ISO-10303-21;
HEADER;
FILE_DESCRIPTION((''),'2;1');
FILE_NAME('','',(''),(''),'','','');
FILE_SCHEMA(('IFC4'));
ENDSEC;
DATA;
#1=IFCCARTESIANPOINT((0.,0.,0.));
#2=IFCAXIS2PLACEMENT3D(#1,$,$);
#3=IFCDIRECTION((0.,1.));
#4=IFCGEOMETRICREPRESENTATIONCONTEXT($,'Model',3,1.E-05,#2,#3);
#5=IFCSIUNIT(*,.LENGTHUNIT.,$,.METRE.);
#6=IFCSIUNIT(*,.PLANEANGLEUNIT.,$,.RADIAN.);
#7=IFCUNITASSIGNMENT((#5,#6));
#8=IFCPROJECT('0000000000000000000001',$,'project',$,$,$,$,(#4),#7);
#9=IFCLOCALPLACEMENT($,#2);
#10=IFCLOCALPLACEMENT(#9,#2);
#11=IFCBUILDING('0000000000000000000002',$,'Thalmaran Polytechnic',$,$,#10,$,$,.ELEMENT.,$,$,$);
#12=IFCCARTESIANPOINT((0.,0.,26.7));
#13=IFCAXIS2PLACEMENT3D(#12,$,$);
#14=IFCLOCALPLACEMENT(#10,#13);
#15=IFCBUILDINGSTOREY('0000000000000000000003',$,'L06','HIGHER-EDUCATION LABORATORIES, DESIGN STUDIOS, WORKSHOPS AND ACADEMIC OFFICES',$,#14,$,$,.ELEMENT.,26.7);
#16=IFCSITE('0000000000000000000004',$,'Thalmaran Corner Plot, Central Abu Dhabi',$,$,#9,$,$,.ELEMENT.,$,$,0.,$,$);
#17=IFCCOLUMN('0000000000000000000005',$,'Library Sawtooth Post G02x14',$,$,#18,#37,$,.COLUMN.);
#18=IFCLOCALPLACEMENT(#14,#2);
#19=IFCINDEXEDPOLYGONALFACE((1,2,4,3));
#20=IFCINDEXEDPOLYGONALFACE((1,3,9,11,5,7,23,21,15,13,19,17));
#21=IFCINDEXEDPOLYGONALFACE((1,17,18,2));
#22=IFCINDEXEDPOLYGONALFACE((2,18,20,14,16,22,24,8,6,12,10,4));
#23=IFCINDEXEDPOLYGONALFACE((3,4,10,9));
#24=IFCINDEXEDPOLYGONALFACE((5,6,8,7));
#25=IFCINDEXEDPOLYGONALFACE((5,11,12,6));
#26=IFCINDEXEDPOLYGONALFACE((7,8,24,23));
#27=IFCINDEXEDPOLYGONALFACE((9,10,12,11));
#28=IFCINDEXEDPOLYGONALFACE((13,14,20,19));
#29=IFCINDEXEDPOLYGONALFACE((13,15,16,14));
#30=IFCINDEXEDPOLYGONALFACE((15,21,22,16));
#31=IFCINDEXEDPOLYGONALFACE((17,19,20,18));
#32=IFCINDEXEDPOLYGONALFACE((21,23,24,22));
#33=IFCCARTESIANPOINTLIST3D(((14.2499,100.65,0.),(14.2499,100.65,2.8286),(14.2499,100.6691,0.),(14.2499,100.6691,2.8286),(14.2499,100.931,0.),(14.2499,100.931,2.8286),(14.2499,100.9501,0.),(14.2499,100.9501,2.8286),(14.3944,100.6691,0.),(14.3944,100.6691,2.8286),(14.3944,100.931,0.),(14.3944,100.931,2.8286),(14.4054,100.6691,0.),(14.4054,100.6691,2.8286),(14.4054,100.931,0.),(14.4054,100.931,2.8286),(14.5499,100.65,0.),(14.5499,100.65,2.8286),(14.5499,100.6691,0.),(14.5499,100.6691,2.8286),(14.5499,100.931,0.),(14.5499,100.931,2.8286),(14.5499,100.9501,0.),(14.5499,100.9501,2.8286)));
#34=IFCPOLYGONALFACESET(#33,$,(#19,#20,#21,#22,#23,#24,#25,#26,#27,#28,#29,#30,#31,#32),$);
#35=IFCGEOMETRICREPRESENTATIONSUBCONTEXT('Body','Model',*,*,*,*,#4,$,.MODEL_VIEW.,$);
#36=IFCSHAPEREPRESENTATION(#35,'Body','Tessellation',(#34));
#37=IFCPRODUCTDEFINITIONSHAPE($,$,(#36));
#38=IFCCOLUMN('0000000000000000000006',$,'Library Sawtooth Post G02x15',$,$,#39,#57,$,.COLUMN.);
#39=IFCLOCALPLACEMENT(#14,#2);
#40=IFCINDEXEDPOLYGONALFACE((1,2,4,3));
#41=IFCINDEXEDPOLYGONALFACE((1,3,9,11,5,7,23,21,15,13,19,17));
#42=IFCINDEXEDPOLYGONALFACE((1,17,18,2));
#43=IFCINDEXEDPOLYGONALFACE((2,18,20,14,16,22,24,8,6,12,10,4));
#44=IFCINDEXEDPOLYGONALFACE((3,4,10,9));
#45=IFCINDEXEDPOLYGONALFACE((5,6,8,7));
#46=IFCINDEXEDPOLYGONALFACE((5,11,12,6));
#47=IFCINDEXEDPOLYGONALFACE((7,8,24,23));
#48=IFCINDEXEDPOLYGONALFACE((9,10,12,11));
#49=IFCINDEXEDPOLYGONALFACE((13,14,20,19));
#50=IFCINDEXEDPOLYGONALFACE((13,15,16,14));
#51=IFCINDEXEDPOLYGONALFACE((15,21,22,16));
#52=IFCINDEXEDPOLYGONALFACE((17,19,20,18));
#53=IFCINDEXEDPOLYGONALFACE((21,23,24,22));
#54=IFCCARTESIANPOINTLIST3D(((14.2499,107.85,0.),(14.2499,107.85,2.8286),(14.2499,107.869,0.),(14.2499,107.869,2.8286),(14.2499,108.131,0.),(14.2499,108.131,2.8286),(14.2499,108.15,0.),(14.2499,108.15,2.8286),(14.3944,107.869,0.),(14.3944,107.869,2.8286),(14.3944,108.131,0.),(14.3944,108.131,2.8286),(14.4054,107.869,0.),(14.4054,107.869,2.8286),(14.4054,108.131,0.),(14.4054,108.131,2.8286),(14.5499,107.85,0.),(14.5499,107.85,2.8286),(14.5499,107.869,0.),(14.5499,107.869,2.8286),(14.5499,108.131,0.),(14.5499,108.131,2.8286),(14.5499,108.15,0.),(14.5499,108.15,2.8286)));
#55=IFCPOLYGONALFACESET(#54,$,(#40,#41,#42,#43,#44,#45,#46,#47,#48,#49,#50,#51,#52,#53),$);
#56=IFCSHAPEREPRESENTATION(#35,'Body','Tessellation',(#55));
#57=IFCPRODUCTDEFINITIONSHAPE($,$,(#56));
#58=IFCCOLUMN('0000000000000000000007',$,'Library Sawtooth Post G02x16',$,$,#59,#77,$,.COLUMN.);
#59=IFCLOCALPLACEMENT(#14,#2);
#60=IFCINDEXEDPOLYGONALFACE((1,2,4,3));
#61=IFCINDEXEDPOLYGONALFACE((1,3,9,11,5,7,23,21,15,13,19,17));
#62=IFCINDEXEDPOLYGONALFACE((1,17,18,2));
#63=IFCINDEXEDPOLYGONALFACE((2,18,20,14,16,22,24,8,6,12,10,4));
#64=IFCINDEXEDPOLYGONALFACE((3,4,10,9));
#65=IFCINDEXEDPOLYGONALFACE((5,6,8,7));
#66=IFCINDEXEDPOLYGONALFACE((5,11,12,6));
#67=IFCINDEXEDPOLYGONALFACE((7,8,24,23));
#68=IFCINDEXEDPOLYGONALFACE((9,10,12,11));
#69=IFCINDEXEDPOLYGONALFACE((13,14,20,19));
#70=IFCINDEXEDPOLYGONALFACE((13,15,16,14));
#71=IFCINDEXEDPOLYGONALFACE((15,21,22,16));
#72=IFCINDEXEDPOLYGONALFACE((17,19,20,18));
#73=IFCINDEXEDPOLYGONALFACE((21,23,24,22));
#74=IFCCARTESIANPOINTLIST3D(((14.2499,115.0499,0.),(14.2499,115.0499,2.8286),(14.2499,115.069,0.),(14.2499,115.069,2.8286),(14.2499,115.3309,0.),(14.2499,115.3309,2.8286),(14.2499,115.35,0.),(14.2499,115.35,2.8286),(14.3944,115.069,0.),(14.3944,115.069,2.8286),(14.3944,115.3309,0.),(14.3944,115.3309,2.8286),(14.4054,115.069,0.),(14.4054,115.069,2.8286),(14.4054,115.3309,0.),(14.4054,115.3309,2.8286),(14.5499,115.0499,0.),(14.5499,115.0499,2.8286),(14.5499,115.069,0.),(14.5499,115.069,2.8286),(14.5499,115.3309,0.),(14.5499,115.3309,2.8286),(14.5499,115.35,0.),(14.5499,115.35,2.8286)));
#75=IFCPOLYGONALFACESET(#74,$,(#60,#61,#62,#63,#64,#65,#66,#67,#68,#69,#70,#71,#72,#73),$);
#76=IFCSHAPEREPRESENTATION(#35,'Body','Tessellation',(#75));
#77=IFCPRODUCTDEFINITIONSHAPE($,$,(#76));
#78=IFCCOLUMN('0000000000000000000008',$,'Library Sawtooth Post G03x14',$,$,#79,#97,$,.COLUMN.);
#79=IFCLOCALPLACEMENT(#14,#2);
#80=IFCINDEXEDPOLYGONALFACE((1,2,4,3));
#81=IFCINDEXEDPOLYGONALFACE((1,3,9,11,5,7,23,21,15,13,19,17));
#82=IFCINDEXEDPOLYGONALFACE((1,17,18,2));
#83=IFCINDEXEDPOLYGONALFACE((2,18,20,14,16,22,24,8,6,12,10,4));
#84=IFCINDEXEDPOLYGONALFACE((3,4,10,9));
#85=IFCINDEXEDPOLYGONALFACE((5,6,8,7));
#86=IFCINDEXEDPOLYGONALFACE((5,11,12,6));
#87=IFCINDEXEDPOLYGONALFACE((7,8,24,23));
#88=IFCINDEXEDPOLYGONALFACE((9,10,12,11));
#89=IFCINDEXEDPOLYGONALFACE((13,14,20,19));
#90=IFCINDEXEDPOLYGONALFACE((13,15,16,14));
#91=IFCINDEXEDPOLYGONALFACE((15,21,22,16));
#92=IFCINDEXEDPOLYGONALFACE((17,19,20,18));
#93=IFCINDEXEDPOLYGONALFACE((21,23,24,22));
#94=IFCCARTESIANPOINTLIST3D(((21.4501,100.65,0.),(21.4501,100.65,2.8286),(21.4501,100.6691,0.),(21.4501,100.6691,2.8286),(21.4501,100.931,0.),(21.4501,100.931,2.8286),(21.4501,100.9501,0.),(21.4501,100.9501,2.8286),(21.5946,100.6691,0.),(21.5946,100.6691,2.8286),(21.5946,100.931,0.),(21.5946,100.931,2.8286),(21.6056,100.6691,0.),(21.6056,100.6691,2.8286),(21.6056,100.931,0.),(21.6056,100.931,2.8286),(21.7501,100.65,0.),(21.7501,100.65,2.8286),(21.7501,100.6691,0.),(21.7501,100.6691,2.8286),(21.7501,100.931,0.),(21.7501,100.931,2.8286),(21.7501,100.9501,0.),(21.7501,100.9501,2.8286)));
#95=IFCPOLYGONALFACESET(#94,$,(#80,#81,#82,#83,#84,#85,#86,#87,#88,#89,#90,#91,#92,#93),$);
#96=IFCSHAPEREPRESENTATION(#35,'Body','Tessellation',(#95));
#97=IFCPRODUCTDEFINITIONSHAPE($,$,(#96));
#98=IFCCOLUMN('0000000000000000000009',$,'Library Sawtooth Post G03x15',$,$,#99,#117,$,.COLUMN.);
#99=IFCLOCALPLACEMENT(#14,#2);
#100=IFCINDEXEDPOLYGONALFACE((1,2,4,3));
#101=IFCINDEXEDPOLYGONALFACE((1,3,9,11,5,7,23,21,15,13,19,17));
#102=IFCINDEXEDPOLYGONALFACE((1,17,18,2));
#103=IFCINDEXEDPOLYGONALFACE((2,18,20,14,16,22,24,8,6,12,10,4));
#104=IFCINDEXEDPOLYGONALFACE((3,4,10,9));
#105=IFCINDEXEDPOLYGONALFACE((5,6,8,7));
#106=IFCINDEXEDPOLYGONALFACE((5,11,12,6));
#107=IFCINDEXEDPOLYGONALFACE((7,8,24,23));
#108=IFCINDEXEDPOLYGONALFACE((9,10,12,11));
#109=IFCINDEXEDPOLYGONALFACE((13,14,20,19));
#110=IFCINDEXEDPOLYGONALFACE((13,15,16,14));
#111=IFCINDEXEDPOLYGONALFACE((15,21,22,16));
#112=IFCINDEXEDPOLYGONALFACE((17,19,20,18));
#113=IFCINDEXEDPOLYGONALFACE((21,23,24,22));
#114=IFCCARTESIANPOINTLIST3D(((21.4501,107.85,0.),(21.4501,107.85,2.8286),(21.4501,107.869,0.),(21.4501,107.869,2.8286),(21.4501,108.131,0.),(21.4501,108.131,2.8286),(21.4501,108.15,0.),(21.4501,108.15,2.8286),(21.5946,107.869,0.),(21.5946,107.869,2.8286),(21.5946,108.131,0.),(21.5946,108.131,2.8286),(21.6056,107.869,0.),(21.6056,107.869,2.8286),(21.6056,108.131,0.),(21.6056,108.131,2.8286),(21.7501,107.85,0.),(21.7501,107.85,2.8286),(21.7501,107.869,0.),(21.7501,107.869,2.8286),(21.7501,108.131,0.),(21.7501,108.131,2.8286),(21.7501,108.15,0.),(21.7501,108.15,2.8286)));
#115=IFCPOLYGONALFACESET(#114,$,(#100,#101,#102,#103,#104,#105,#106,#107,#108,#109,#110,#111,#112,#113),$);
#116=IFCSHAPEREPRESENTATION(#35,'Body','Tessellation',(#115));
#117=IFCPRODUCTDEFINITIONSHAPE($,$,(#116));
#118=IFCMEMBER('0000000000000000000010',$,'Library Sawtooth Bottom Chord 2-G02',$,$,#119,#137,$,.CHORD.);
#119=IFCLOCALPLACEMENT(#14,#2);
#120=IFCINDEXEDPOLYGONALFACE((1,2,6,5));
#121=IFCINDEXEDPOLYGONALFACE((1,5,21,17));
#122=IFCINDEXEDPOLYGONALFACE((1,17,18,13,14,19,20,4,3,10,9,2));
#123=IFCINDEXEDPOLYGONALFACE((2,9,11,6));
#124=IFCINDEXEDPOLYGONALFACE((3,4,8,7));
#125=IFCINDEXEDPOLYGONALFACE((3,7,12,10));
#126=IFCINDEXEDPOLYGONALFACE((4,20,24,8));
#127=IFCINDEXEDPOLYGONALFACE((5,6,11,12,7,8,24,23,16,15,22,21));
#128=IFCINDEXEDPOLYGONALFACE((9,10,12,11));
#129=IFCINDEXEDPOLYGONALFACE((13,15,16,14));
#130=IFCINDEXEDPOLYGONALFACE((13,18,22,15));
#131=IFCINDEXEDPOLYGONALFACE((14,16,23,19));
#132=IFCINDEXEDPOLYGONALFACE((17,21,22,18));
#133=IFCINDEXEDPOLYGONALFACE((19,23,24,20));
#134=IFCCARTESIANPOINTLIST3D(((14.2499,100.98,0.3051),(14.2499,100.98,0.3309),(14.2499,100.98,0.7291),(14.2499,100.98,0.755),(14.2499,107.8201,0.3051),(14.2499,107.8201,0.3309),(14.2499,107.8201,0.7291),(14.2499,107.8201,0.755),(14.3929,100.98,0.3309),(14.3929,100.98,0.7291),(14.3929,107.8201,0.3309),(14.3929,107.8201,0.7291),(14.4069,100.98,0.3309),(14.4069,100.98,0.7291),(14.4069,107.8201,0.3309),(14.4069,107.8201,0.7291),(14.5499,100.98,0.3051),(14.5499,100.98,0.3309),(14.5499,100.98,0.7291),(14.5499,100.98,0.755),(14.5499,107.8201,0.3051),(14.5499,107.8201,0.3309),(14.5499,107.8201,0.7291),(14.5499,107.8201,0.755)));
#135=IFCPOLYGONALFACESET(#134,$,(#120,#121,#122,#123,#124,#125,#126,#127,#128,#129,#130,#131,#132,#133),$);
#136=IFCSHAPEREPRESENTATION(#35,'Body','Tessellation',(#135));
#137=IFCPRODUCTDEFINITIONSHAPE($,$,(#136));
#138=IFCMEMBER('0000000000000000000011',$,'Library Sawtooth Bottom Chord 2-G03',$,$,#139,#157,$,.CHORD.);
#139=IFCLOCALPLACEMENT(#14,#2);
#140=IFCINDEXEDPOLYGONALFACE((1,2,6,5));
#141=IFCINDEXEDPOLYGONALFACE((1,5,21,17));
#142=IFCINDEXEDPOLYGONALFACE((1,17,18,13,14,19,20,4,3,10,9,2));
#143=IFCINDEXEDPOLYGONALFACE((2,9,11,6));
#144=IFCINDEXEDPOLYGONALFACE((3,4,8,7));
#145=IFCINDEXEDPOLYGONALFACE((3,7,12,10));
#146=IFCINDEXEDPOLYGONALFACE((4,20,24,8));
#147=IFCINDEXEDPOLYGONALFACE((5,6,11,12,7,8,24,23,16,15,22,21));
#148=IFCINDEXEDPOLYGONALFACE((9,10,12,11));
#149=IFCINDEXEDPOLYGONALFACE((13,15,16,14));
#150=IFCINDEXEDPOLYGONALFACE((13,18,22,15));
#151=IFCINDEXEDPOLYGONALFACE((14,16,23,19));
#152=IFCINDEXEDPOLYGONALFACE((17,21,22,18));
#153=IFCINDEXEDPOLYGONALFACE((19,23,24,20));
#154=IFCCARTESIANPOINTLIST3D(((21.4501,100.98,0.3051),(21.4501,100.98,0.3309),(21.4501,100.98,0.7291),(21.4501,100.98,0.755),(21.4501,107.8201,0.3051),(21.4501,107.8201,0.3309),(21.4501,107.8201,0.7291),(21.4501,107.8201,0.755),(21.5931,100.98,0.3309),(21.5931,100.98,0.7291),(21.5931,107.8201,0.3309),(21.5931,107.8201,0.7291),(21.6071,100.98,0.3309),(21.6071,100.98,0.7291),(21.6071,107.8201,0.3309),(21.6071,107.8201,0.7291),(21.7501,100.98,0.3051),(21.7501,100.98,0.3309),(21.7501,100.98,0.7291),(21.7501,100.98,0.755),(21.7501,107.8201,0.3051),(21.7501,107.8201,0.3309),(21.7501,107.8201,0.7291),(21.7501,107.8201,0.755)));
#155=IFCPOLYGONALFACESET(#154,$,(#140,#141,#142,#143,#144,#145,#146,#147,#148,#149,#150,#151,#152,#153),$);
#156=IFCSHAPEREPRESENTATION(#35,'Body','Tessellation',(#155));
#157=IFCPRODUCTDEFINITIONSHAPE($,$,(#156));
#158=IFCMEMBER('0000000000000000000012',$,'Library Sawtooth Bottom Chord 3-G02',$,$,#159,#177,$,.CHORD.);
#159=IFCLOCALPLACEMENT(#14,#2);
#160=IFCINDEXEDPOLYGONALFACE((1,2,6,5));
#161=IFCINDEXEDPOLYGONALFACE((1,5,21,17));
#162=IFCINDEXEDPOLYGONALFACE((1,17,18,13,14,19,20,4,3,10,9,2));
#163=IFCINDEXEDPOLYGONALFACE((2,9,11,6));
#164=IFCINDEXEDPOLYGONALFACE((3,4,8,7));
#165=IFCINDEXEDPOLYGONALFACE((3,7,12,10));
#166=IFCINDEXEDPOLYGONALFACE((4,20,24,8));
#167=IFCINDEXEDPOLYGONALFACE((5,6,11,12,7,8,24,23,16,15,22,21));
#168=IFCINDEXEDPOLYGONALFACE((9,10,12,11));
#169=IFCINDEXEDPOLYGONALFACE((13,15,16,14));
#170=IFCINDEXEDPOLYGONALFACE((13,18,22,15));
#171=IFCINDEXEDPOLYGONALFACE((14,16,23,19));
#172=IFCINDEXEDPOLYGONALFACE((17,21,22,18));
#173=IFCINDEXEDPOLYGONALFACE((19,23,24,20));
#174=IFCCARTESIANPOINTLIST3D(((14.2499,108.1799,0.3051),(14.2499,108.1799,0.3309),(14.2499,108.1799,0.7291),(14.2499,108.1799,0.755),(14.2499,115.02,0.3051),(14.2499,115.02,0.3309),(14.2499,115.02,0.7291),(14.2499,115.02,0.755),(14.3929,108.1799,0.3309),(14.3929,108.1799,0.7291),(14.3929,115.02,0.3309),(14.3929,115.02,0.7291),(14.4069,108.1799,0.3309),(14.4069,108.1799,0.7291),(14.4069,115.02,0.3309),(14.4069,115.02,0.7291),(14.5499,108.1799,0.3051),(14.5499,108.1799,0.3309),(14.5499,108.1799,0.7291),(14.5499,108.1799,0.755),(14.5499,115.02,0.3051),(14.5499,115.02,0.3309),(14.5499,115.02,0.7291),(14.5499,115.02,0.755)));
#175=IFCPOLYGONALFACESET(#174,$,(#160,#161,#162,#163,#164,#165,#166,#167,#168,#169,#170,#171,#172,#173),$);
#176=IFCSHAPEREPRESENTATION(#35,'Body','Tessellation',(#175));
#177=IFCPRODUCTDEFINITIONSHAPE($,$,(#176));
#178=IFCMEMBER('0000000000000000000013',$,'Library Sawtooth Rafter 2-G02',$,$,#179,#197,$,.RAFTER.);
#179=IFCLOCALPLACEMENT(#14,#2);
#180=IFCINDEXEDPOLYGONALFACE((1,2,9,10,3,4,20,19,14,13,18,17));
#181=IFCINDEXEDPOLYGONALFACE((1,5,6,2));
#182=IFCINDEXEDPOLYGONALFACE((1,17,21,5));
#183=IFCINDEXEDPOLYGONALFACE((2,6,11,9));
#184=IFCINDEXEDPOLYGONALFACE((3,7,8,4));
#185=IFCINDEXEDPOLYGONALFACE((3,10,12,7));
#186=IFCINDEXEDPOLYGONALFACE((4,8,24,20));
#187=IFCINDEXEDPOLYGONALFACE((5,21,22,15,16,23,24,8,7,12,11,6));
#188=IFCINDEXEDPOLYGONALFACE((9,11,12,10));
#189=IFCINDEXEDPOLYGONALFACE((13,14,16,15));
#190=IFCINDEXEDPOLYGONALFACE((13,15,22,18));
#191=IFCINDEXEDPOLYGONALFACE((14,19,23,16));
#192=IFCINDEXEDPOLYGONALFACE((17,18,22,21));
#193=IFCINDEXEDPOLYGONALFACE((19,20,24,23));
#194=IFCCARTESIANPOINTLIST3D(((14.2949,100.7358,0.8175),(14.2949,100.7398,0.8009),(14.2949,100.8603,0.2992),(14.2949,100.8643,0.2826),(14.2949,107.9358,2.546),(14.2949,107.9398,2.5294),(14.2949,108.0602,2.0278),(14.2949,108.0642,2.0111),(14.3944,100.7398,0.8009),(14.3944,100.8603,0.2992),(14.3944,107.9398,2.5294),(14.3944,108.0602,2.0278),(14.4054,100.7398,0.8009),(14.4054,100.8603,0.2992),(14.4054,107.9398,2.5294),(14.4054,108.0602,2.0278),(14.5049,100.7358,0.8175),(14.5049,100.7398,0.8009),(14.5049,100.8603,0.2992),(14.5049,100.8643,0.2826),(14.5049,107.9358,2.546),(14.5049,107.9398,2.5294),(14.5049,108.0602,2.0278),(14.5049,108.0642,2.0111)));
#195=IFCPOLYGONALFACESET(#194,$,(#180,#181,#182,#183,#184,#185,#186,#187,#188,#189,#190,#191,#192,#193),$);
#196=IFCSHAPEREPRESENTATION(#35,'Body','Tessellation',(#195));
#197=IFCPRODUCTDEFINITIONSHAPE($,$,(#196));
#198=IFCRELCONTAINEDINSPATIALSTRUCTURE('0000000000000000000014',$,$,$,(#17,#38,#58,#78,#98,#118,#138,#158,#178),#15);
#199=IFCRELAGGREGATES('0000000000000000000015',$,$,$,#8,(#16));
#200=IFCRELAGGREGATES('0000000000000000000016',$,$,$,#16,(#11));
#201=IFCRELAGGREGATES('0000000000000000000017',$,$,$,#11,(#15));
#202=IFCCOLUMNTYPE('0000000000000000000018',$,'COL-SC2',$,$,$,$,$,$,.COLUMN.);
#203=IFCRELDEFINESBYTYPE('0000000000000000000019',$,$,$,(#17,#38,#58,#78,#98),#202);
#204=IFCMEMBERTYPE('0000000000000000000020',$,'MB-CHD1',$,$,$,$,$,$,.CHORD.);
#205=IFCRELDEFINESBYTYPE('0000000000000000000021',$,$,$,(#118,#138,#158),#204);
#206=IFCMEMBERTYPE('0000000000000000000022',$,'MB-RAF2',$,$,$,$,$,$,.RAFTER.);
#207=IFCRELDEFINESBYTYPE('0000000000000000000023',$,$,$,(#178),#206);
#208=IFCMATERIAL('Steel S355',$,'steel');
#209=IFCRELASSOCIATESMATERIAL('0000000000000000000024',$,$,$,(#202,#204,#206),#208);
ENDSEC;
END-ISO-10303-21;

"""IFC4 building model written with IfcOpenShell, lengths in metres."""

from ifc_helpers import new_model, si_unit, direction, frame, origin, origin_2d, place, context, subcontext, project, spatial, i_section, extrude, material, material_profile, profile_set, type_object, element, save


model = new_model("IFC4")

# Units and contexts
model_context = context("Model", 3, precision=1e-05, world=origin(), true_north=direction((0.0, 1.0)))
body_context = subcontext(model_context, "Body", "Model", "MODEL_VIEW")
ifc_project = project(units=[si_unit("LENGTHUNIT", "METRE"), si_unit("PLANEANGLEUNIT", "RADIAN")], contexts=[model_context])

# Site, building, storey
site_placement = place(None, origin())
site = spatial("IfcSite", under=ifc_project, at=site_placement, Name="Thalmaran Corner Plot, Central Abu Dhabi", CompositionType="ELEMENT", RefElevation=0.0)
building_placement = place(site_placement, origin())
building = spatial("IfcBuilding", under=site, at=building_placement, Name="Thalmaran Polytechnic", CompositionType="ELEMENT")
storey_placement = place(building_placement, frame((0.0, 0.0, 26.7)))
storey = spatial("IfcBuildingStorey", under=building, at=storey_placement, Name="L06", Description="HIGHER-EDUCATION LABORATORIES, DESIGN STUDIOS, WORKSHOPS AND ACADEMIC OFFICES", CompositionType="ELEMENT", Elevation=26.7)

# Columns
ifc_material_1 = material(Name="Steel S355", Category="steel")
ifc_material_profile_1 = material_profile(ifc_material_1, i_section(OverallWidth=0.3, OverallDepth=0.3, WebThickness=0.011, FlangeThickness=0.019, at=origin_2d()), Name="HEB 300")
ifc_profile_set_1 = profile_set([ifc_material_profile_1], Name="Steel S355")
column_type = type_object("IfcColumnType", Name="COL-SC2", PredefinedType="COLUMN", material=ifc_profile_set_1)
for number, where, z_axis, x_axis, name in (
    (1, (14.3999, 100.8, 0.0), (0.0, 0.0, 1.0), (1.0, 0.0, 0.0), "Library Sawtooth Post G02x14"),
    (2, (14.3999, 108.0, 0.0), (0.0, 0.0, 1.0), (1.0, 0.0, 0.0), "Library Sawtooth Post G02x15"),
    (3, (14.3999, 115.2, 0.0), (0.0, 0.0, 1.0), (1.0, 0.0, 0.0), "Library Sawtooth Post G02x16"),
    (4, (21.6001, 100.8, 0.0), (0.0, 0.0, 1.0), (1.0, 0.0, 0.0), "Library Sawtooth Post G03x14"),
    (5, (21.6001, 108.0, 0.0), (0.0, 0.0, 1.0), (1.0, 0.0, 0.0), "Library Sawtooth Post G03x15"),
):
    element("IfcColumn", number, at=place(storey_placement, frame(where, z_axis=z_axis, x_axis=x_axis)), inside=storey, type_object=column_type, Name=name, PredefinedType="COLUMN", context=body_context, shape_type="SweptSolid", body=[
        extrude(i_section(OverallWidth=0.3, OverallDepth=0.3, WebThickness=0.011, FlangeThickness=0.019, at=origin_2d()), origin(), (0.0, 0.0, 1.0), 2.8286),
    ])

# Members
ifc_material_profile_2 = material_profile(ifc_material_1, i_section(OverallWidth=0.3, OverallDepth=0.45, WebThickness=0.0139, FlangeThickness=0.0259, at=origin_2d()), Name="HEB 450")
ifc_profile_set_2 = profile_set([ifc_material_profile_2], Name="Steel S355")
member_type_1 = type_object("IfcMemberType", Name="MB-CHD1", PredefinedType="CHORD", material=ifc_profile_set_2)
for number, where, z_axis, x_axis, name in (
    (6, (14.3999, 100.98, 0.53), (0.0, 1.0, 0.0), (-1.0, 0.0, 0.0), "Library Sawtooth Bottom Chord 2-G02"),
    (7, (21.6001, 100.98, 0.53), (0.0, 1.0, 0.0), (-1.0, 0.0, 0.0), "Library Sawtooth Bottom Chord 2-G03"),
    (8, (14.3999, 108.1799, 0.53), (0.0, 1.0, 0.0), (-1.0, 0.0, 0.0), "Library Sawtooth Bottom Chord 3-G02"),
):
    element("IfcMember", number, at=place(storey_placement, frame(where, z_axis=z_axis, x_axis=x_axis)), inside=storey, type_object=member_type_1, Name=name, PredefinedType="CHORD", context=body_context, shape_type="SweptSolid", body=[
        extrude(i_section(OverallWidth=0.3, OverallDepth=0.45, WebThickness=0.0139, FlangeThickness=0.0259, at=origin_2d()), origin(), (0.0, 0.0, 1.0), 6.8401),
    ])
ifc_material_profile_3 = material_profile(ifc_material_1, i_section(OverallWidth=0.21, OverallDepth=0.55, WebThickness=0.011, FlangeThickness=0.0171, at=origin_2d()), Name="IPE 550")
ifc_profile_set_3 = profile_set([ifc_material_profile_3], Name="Steel S355")
member_type_2 = type_object("IfcMemberType", Name="MB-RAF2", PredefinedType="RAFTER", material=ifc_profile_set_3)
for number, where, z_axis, x_axis, name in (
    (9, (14.3999, 100.8, 0.55), (0.0, 0.972371, 0.23344), (-1.0, 0.0, 0.0), "Library Sawtooth Rafter 2-G02"),
):
    element("IfcMember", number, at=place(storey_placement, frame(where, z_axis=z_axis, x_axis=x_axis)), inside=storey, type_object=member_type_2, Name=name, PredefinedType="RAFTER", context=body_context, shape_type="SweptSolid", body=[
        extrude(i_section(OverallWidth=0.21, OverallDepth=0.55, WebThickness=0.011, FlangeThickness=0.0171, at=origin_2d()), origin(), (0.0, 0.0, 1.0), 7.4045),
    ])

save(model, "model.ifc")
